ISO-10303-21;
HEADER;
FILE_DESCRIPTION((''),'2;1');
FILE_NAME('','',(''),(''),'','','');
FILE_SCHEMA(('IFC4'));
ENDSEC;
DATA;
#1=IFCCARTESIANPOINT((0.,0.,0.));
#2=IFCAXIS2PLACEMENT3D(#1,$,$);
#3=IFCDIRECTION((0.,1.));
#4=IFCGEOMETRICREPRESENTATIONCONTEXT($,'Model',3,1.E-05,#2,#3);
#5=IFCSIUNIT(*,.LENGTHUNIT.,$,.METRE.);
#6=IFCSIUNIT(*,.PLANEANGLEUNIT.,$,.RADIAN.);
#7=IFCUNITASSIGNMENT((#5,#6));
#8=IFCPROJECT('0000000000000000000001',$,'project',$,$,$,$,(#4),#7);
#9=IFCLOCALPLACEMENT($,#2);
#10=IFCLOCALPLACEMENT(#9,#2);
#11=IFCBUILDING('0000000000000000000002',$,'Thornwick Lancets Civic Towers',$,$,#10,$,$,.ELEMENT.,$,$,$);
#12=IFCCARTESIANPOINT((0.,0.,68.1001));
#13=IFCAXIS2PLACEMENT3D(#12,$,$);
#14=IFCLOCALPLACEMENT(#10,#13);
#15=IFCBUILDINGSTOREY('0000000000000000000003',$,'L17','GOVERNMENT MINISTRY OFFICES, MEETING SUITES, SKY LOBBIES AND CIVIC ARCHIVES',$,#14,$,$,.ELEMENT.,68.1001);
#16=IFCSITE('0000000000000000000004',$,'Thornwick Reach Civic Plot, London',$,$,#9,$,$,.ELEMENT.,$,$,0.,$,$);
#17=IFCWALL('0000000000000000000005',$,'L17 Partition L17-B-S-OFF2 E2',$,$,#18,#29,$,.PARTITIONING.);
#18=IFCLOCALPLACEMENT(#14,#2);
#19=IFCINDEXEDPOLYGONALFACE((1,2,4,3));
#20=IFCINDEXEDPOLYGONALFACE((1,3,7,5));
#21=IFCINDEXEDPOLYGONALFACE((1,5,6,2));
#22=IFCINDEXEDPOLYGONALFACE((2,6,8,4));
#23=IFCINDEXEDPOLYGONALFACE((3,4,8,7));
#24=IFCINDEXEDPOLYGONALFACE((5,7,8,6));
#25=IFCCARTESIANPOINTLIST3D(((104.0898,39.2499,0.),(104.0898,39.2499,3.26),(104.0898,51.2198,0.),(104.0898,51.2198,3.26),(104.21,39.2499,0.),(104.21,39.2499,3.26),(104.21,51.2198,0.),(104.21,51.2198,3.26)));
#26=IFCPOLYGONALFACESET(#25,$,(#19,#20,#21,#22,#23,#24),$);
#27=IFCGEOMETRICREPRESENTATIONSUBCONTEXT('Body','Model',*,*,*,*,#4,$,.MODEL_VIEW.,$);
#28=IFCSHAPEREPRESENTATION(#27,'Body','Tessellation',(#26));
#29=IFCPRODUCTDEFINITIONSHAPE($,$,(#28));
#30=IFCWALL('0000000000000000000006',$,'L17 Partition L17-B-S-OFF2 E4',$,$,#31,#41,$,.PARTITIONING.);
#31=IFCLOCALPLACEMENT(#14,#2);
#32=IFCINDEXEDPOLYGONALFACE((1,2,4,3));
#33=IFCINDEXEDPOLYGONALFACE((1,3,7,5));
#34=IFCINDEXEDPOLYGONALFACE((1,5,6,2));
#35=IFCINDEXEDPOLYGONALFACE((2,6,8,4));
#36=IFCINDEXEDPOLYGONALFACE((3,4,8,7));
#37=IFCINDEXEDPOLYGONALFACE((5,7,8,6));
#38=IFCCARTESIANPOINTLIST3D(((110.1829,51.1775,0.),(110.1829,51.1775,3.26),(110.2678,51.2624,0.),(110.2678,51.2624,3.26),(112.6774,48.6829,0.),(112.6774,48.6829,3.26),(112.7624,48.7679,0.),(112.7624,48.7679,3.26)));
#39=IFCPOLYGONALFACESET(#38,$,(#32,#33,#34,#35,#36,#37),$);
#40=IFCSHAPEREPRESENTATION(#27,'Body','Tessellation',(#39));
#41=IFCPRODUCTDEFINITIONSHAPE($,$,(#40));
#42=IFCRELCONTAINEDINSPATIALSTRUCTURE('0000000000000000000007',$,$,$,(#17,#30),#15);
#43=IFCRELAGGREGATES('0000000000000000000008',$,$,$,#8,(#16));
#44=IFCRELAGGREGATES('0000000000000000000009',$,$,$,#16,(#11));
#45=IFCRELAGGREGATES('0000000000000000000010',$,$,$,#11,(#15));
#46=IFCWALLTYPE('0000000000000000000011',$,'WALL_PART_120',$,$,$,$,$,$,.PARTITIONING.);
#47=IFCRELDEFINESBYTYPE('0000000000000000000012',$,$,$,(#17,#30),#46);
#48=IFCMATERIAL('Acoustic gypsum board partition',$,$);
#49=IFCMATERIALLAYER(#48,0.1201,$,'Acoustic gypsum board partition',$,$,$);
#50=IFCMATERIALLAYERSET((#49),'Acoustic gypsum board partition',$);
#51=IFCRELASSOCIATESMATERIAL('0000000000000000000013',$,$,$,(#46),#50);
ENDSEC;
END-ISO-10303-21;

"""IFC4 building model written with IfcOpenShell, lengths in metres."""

from ifc_helpers import new_model, si_unit, direction, frame, frame_2d, origin, place, context, subcontext, project, spatial, rectangle, extrude, material, layer, layer_set, type_object, element, save


model = new_model("IFC4")

# Units and contexts
model_context = context("Model", 3, precision=1e-05, world=origin(), true_north=direction((0.0, 1.0)))
body_context = subcontext(model_context, "Body", "Model", "MODEL_VIEW")
ifc_project = project(units=[si_unit("LENGTHUNIT", "METRE"), si_unit("PLANEANGLEUNIT", "RADIAN")], contexts=[model_context])

# Site, building, storey
site_placement = place(None, origin())
site = spatial("IfcSite", under=ifc_project, at=site_placement, Name="Thornwick Reach Civic Plot, London", CompositionType="ELEMENT", RefElevation=0.0)
building_placement = place(site_placement, origin())
building = spatial("IfcBuilding", under=site, at=building_placement, Name="Thornwick Lancets Civic Towers", CompositionType="ELEMENT")
storey_placement = place(building_placement, frame((0.0, 0.0, 68.1001)))
storey = spatial("IfcBuildingStorey", under=building, at=storey_placement, Name="L17", Description="GOVERNMENT MINISTRY OFFICES, MEETING SUITES, SKY LOBBIES AND CIVIC ARCHIVES", CompositionType="ELEMENT", Elevation=68.1001)

# Walls
ifc_material_1 = material(Name="Acoustic gypsum board partition")
ifc_layer_1 = layer(ifc_material_1, 0.1201, Name="Acoustic gypsum board partition")
ifc_layer_set_1 = layer_set([ifc_layer_1], Name="Acoustic gypsum board partition")
wall_type_1 = type_object("IfcWallType", Name="WALL_PART_120", PredefinedType="PARTITIONING", material=ifc_layer_set_1)
wall_1_placement = place(storey_placement, frame((104.1499, 39.25, 0.0), z_axis=(0.0, 0.0, 1.0), x_axis=(0.0, 1.0, 0.0)))
element("IfcWall", 1, at=wall_1_placement, inside=storey, type_object=wall_type_1, Name="L17 Partition L17-B-S-OFF2 E2", PredefinedType="PARTITIONING", context=body_context, shape_type="SweptSolid", body=[
    extrude(rectangle(XDim=11.97, YDim=0.1201, at=frame_2d((5.9849, 0.0))), origin(), (0.0, 0.0, 1.0), 3.26),
])
wall_2_placement = place(storey_placement, frame((110.2253, 51.22, 0.0), z_axis=(0.0, 0.0, 1.0), x_axis=(0.707107, -0.707107, 0.0)))
element("IfcWall", 2, at=wall_2_placement, inside=storey, type_object=wall_type_1, Name="L17 Partition L17-B-S-OFF2 E4", PredefinedType="PARTITIONING", context=body_context, shape_type="SweptSolid", body=[
    extrude(rectangle(XDim=3.5278, YDim=0.1201, at=frame_2d((1.7639, 0.0))), origin(), (0.0, 0.0, 1.0), 3.26),
])

save(model, "model.ifc")
